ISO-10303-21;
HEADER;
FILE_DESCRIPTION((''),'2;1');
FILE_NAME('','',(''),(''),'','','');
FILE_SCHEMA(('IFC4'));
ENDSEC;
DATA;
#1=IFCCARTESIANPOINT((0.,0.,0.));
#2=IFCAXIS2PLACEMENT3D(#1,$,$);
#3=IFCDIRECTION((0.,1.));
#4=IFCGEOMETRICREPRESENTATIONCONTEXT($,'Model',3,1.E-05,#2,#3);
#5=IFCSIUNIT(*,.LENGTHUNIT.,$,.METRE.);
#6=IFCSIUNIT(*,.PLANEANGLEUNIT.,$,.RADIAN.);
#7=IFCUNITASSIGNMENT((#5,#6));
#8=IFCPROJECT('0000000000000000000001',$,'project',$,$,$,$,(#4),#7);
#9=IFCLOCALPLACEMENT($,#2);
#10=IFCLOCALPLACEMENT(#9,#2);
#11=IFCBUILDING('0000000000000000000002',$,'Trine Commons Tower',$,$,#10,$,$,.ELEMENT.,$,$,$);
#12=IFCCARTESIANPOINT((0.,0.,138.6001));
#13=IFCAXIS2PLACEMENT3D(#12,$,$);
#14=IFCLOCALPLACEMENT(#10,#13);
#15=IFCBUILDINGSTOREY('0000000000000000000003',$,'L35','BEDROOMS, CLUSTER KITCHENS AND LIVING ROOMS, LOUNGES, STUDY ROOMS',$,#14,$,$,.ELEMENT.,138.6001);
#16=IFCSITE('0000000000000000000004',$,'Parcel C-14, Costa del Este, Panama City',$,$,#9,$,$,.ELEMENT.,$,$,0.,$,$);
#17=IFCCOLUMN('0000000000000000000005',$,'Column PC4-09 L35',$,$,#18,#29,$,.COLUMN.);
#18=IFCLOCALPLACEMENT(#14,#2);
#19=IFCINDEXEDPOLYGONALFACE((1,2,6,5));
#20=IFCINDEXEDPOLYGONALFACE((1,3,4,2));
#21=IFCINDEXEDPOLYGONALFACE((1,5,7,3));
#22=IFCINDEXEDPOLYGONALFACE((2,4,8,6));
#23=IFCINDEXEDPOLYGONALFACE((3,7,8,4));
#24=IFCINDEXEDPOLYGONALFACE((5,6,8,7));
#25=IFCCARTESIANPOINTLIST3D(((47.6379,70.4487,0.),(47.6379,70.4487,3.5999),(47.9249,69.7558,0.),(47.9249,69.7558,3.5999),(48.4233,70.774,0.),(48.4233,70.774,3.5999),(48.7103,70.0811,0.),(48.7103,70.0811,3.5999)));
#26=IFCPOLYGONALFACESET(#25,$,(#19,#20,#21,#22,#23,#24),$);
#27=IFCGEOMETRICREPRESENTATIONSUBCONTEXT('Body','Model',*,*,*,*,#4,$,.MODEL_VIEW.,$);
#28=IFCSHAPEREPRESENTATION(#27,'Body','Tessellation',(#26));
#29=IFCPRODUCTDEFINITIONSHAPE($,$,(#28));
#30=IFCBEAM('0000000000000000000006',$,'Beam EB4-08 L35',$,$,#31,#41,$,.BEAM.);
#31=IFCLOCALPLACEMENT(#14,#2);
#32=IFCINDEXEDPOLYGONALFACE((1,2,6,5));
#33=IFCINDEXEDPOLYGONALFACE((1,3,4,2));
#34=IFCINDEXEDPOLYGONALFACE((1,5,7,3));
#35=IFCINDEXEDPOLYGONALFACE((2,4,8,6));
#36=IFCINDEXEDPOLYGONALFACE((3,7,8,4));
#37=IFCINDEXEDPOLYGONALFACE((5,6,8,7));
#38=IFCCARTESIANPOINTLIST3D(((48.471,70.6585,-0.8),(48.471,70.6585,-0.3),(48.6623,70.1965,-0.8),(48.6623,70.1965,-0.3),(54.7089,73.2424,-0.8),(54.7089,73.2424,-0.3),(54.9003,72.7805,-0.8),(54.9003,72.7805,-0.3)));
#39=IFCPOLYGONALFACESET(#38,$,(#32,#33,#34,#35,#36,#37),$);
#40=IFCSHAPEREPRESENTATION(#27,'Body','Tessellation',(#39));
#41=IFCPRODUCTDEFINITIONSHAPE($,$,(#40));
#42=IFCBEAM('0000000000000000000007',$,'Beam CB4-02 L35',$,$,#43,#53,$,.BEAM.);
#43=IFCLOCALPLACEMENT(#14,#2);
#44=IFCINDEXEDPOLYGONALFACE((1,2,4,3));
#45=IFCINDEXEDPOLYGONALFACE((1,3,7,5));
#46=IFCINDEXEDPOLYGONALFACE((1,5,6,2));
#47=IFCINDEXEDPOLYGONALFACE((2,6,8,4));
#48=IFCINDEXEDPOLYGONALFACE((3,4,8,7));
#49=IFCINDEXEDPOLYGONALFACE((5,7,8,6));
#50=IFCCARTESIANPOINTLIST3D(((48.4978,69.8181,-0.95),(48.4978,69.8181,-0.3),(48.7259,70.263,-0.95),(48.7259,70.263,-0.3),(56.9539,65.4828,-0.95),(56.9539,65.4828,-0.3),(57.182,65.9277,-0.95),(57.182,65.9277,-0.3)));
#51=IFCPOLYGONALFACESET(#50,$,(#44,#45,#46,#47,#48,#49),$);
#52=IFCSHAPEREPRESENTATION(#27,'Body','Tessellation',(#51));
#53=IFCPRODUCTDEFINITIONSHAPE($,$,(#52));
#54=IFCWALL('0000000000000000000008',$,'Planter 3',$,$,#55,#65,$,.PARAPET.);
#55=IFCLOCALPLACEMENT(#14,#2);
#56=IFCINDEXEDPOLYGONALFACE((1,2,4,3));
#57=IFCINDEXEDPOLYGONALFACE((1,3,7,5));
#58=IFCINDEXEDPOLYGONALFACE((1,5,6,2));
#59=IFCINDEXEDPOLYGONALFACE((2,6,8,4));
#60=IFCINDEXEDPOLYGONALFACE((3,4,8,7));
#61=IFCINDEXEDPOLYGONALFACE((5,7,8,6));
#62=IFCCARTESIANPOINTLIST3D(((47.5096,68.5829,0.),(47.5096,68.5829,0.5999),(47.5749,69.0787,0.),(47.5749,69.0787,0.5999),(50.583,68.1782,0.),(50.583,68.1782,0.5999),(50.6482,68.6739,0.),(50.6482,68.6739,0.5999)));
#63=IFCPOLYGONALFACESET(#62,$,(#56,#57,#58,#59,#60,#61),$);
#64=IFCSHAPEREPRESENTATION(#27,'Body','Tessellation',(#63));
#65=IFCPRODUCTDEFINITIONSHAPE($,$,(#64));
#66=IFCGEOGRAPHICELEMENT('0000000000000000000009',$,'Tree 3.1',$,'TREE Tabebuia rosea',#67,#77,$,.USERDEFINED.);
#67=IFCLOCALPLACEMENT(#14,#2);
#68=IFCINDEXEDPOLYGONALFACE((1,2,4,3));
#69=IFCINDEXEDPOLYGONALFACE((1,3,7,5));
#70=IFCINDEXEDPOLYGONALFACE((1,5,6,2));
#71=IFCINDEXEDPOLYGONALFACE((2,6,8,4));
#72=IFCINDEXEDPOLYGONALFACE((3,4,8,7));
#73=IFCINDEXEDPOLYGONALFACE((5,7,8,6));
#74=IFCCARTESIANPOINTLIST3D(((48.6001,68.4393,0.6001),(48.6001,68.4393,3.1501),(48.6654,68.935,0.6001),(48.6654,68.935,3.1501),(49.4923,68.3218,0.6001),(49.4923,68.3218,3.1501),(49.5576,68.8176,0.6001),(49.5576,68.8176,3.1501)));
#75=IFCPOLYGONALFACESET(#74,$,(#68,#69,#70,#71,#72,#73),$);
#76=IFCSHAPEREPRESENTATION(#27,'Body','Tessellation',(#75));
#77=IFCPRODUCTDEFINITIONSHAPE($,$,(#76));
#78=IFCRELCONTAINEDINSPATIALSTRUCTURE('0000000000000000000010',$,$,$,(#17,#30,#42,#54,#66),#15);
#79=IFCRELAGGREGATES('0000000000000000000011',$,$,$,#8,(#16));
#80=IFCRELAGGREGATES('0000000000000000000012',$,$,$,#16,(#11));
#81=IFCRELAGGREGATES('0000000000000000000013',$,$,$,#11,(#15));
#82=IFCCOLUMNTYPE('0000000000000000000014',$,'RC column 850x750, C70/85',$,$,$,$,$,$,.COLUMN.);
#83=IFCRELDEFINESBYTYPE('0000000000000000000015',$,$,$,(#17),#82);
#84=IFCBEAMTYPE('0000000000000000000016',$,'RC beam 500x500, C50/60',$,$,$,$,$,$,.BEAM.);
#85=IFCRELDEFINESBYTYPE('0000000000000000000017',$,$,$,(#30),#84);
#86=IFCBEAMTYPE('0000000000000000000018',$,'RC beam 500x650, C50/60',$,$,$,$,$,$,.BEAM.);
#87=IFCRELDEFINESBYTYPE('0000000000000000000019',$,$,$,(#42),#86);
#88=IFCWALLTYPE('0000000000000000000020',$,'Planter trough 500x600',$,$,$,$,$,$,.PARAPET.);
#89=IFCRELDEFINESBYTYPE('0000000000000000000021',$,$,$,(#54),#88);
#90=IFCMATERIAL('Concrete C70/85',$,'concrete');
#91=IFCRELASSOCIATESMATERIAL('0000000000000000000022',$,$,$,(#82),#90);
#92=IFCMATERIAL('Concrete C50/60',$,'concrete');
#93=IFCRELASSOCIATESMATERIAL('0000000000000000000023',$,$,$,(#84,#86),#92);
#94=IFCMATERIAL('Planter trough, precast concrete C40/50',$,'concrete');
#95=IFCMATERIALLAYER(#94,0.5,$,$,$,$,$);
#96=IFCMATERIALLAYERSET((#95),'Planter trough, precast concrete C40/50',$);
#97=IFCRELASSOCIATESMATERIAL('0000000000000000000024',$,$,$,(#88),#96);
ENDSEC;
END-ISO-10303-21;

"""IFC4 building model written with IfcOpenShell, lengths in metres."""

from ifc_helpers import new_model, si_unit, direction, frame, frame_2d, origin, origin_2d, place, context, subcontext, project, spatial, rectangle, extrude, material, layer, layer_set, material_profile, profile_set, type_object, element, save


model = new_model("IFC4")

# Units and contexts
model_context = context("Model", 3, precision=1e-05, world=origin(), true_north=direction((0.0, 1.0)))
body_context = subcontext(model_context, "Body", "Model", "MODEL_VIEW")
ifc_project = project(units=[si_unit("LENGTHUNIT", "METRE"), si_unit("PLANEANGLEUNIT", "RADIAN")], contexts=[model_context])

# Site, building, storey
site_placement = place(None, origin())
site = spatial("IfcSite", under=ifc_project, at=site_placement, Name="Parcel C-14, Costa del Este, Panama City", CompositionType="ELEMENT", RefElevation=0.0)
building_placement = place(site_placement, origin())
building = spatial("IfcBuilding", under=site, at=building_placement, Name="Trine Commons Tower", CompositionType="ELEMENT")
storey_placement = place(building_placement, frame((0.0, 0.0, 138.6001)))
storey = spatial("IfcBuildingStorey", under=building, at=storey_placement, Name="L35", Description="BEDROOMS, CLUSTER KITCHENS AND LIVING ROOMS, LOUNGES, STUDY ROOMS", CompositionType="ELEMENT", Elevation=138.6001)

# Column
ifc_material_1 = material(Name="Concrete C70/85", Category="concrete")
ifc_material_profile_1 = material_profile(ifc_material_1, rectangle(XDim=0.8501, YDim=0.75, at=origin_2d()), Name="RC 850x750")
ifc_profile_set_1 = profile_set([ifc_material_profile_1], Name="Concrete C70/85")
column_type = type_object("IfcColumnType", Name="RC column 850x750, C70/85", PredefinedType="COLUMN", material=ifc_profile_set_1)
column_placement = place(storey_placement, frame((48.1741, 70.2649, 0.0), z_axis=(0.0, 0.0, 1.0), x_axis=(0.92388, 0.382683, 0.0)))
element("IfcColumn", 1, at=column_placement, inside=storey, type_object=column_type, Name="Column PC4-09 L35", PredefinedType="COLUMN", context=body_context, shape_type="SweptSolid", body=[
    extrude(rectangle(XDim=0.8501, YDim=0.75, at=origin_2d()), origin(), (0.0, 0.0, 1.0), 3.5999),
])

# Beams
ifc_material_2 = material(Name="Concrete C50/60", Category="concrete")
ifc_material_profile_2 = material_profile(ifc_material_2, rectangle(XDim=0.5, YDim=0.5, at=origin_2d()), Name="RC 500x500")
ifc_profile_set_2 = profile_set([ifc_material_profile_2], Name="Concrete C50/60")
beam_type_1 = type_object("IfcBeamType", Name="RC beam 500x500, C50/60", PredefinedType="BEAM", material=ifc_profile_set_2)
beam_1_placement = place(storey_placement, frame((48.5667, 70.4275, -0.55), z_axis=(0.923874, 0.382697, 0.0), x_axis=(-0.382697, 0.923874, 0.0)))
element("IfcBeam", 2, at=beam_1_placement, inside=storey, type_object=beam_type_1, Name="Beam EB4-08 L35", PredefinedType="BEAM", context=body_context, shape_type="SweptSolid", body=[
    extrude(rectangle(XDim=0.5, YDim=0.5, at=origin_2d()), origin(), (0.0, 0.0, 1.0), 6.752),
])
ifc_material_profile_3 = material_profile(ifc_material_2, rectangle(XDim=0.5, YDim=0.6499, at=origin_2d()), Name="RC 500x650")
ifc_profile_set_3 = profile_set([ifc_material_profile_3], Name="Concrete C50/60")
beam_type_2 = type_object("IfcBeamType", Name="RC beam 500x650, C50/60", PredefinedType="BEAM", material=ifc_profile_set_3)
beam_2_placement = place(storey_placement, frame((48.6118, 70.0405, -0.625), z_axis=(0.88987, -0.456214, 0.0), x_axis=(0.456214, 0.88987, 0.0)))
element("IfcBeam", 3, at=beam_2_placement, inside=storey, type_object=beam_type_2, Name="Beam CB4-02 L35", PredefinedType="BEAM", context=body_context, shape_type="SweptSolid", body=[
    extrude(rectangle(XDim=0.5, YDim=0.6499, at=origin_2d()), origin(), (0.0, 0.0, 1.0), 9.5027),
])

# Wall
ifc_material_3 = material(Name="Planter trough, precast concrete C40/50", Category="concrete")
ifc_layer_1 = layer(ifc_material_3, 0.5)
ifc_layer_set_1 = layer_set([ifc_layer_1], Name="Planter trough, precast concrete C40/50")
wall_type_1 = type_object("IfcWallType", Name="Planter trough 500x600", PredefinedType="PARAPET", material=ifc_layer_set_1)
wall_1_placement = place(storey_placement, frame((50.6155, 68.426, 0.0), z_axis=(0.0, 0.0, 1.0), x_axis=(-0.991437, 0.130585, 0.0)))
element("IfcWall", 4, at=wall_1_placement, inside=storey, type_object=wall_type_1, Name="Planter 3", PredefinedType="PARAPET", context=body_context, shape_type="SweptSolid", body=[
    extrude(rectangle(XDim=3.0999, YDim=0.5, at=frame_2d((1.5498, 0.0))), origin(), (0.0, 0.0, 1.0), 0.5999),
])

# Geographic element
geographic_element_placement = place(storey_placement, frame((49.0789, 68.6284, 0.6001), z_axis=(0.0, 0.0, 1.0), x_axis=(-0.991446, 0.130518, 0.0)))
element("IfcGeographicElement", 5, at=geographic_element_placement, inside=storey, Name="Tree 3.1", ObjectType="TREE Tabebuia rosea", PredefinedType="USERDEFINED", context=body_context, shape_type="SweptSolid", body=[
    extrude(rectangle(XDim=0.8999, YDim=0.5, at=origin_2d()), origin(), (0.0, 0.0, 1.0), 2.55),
])

save(model, "model.ifc")
